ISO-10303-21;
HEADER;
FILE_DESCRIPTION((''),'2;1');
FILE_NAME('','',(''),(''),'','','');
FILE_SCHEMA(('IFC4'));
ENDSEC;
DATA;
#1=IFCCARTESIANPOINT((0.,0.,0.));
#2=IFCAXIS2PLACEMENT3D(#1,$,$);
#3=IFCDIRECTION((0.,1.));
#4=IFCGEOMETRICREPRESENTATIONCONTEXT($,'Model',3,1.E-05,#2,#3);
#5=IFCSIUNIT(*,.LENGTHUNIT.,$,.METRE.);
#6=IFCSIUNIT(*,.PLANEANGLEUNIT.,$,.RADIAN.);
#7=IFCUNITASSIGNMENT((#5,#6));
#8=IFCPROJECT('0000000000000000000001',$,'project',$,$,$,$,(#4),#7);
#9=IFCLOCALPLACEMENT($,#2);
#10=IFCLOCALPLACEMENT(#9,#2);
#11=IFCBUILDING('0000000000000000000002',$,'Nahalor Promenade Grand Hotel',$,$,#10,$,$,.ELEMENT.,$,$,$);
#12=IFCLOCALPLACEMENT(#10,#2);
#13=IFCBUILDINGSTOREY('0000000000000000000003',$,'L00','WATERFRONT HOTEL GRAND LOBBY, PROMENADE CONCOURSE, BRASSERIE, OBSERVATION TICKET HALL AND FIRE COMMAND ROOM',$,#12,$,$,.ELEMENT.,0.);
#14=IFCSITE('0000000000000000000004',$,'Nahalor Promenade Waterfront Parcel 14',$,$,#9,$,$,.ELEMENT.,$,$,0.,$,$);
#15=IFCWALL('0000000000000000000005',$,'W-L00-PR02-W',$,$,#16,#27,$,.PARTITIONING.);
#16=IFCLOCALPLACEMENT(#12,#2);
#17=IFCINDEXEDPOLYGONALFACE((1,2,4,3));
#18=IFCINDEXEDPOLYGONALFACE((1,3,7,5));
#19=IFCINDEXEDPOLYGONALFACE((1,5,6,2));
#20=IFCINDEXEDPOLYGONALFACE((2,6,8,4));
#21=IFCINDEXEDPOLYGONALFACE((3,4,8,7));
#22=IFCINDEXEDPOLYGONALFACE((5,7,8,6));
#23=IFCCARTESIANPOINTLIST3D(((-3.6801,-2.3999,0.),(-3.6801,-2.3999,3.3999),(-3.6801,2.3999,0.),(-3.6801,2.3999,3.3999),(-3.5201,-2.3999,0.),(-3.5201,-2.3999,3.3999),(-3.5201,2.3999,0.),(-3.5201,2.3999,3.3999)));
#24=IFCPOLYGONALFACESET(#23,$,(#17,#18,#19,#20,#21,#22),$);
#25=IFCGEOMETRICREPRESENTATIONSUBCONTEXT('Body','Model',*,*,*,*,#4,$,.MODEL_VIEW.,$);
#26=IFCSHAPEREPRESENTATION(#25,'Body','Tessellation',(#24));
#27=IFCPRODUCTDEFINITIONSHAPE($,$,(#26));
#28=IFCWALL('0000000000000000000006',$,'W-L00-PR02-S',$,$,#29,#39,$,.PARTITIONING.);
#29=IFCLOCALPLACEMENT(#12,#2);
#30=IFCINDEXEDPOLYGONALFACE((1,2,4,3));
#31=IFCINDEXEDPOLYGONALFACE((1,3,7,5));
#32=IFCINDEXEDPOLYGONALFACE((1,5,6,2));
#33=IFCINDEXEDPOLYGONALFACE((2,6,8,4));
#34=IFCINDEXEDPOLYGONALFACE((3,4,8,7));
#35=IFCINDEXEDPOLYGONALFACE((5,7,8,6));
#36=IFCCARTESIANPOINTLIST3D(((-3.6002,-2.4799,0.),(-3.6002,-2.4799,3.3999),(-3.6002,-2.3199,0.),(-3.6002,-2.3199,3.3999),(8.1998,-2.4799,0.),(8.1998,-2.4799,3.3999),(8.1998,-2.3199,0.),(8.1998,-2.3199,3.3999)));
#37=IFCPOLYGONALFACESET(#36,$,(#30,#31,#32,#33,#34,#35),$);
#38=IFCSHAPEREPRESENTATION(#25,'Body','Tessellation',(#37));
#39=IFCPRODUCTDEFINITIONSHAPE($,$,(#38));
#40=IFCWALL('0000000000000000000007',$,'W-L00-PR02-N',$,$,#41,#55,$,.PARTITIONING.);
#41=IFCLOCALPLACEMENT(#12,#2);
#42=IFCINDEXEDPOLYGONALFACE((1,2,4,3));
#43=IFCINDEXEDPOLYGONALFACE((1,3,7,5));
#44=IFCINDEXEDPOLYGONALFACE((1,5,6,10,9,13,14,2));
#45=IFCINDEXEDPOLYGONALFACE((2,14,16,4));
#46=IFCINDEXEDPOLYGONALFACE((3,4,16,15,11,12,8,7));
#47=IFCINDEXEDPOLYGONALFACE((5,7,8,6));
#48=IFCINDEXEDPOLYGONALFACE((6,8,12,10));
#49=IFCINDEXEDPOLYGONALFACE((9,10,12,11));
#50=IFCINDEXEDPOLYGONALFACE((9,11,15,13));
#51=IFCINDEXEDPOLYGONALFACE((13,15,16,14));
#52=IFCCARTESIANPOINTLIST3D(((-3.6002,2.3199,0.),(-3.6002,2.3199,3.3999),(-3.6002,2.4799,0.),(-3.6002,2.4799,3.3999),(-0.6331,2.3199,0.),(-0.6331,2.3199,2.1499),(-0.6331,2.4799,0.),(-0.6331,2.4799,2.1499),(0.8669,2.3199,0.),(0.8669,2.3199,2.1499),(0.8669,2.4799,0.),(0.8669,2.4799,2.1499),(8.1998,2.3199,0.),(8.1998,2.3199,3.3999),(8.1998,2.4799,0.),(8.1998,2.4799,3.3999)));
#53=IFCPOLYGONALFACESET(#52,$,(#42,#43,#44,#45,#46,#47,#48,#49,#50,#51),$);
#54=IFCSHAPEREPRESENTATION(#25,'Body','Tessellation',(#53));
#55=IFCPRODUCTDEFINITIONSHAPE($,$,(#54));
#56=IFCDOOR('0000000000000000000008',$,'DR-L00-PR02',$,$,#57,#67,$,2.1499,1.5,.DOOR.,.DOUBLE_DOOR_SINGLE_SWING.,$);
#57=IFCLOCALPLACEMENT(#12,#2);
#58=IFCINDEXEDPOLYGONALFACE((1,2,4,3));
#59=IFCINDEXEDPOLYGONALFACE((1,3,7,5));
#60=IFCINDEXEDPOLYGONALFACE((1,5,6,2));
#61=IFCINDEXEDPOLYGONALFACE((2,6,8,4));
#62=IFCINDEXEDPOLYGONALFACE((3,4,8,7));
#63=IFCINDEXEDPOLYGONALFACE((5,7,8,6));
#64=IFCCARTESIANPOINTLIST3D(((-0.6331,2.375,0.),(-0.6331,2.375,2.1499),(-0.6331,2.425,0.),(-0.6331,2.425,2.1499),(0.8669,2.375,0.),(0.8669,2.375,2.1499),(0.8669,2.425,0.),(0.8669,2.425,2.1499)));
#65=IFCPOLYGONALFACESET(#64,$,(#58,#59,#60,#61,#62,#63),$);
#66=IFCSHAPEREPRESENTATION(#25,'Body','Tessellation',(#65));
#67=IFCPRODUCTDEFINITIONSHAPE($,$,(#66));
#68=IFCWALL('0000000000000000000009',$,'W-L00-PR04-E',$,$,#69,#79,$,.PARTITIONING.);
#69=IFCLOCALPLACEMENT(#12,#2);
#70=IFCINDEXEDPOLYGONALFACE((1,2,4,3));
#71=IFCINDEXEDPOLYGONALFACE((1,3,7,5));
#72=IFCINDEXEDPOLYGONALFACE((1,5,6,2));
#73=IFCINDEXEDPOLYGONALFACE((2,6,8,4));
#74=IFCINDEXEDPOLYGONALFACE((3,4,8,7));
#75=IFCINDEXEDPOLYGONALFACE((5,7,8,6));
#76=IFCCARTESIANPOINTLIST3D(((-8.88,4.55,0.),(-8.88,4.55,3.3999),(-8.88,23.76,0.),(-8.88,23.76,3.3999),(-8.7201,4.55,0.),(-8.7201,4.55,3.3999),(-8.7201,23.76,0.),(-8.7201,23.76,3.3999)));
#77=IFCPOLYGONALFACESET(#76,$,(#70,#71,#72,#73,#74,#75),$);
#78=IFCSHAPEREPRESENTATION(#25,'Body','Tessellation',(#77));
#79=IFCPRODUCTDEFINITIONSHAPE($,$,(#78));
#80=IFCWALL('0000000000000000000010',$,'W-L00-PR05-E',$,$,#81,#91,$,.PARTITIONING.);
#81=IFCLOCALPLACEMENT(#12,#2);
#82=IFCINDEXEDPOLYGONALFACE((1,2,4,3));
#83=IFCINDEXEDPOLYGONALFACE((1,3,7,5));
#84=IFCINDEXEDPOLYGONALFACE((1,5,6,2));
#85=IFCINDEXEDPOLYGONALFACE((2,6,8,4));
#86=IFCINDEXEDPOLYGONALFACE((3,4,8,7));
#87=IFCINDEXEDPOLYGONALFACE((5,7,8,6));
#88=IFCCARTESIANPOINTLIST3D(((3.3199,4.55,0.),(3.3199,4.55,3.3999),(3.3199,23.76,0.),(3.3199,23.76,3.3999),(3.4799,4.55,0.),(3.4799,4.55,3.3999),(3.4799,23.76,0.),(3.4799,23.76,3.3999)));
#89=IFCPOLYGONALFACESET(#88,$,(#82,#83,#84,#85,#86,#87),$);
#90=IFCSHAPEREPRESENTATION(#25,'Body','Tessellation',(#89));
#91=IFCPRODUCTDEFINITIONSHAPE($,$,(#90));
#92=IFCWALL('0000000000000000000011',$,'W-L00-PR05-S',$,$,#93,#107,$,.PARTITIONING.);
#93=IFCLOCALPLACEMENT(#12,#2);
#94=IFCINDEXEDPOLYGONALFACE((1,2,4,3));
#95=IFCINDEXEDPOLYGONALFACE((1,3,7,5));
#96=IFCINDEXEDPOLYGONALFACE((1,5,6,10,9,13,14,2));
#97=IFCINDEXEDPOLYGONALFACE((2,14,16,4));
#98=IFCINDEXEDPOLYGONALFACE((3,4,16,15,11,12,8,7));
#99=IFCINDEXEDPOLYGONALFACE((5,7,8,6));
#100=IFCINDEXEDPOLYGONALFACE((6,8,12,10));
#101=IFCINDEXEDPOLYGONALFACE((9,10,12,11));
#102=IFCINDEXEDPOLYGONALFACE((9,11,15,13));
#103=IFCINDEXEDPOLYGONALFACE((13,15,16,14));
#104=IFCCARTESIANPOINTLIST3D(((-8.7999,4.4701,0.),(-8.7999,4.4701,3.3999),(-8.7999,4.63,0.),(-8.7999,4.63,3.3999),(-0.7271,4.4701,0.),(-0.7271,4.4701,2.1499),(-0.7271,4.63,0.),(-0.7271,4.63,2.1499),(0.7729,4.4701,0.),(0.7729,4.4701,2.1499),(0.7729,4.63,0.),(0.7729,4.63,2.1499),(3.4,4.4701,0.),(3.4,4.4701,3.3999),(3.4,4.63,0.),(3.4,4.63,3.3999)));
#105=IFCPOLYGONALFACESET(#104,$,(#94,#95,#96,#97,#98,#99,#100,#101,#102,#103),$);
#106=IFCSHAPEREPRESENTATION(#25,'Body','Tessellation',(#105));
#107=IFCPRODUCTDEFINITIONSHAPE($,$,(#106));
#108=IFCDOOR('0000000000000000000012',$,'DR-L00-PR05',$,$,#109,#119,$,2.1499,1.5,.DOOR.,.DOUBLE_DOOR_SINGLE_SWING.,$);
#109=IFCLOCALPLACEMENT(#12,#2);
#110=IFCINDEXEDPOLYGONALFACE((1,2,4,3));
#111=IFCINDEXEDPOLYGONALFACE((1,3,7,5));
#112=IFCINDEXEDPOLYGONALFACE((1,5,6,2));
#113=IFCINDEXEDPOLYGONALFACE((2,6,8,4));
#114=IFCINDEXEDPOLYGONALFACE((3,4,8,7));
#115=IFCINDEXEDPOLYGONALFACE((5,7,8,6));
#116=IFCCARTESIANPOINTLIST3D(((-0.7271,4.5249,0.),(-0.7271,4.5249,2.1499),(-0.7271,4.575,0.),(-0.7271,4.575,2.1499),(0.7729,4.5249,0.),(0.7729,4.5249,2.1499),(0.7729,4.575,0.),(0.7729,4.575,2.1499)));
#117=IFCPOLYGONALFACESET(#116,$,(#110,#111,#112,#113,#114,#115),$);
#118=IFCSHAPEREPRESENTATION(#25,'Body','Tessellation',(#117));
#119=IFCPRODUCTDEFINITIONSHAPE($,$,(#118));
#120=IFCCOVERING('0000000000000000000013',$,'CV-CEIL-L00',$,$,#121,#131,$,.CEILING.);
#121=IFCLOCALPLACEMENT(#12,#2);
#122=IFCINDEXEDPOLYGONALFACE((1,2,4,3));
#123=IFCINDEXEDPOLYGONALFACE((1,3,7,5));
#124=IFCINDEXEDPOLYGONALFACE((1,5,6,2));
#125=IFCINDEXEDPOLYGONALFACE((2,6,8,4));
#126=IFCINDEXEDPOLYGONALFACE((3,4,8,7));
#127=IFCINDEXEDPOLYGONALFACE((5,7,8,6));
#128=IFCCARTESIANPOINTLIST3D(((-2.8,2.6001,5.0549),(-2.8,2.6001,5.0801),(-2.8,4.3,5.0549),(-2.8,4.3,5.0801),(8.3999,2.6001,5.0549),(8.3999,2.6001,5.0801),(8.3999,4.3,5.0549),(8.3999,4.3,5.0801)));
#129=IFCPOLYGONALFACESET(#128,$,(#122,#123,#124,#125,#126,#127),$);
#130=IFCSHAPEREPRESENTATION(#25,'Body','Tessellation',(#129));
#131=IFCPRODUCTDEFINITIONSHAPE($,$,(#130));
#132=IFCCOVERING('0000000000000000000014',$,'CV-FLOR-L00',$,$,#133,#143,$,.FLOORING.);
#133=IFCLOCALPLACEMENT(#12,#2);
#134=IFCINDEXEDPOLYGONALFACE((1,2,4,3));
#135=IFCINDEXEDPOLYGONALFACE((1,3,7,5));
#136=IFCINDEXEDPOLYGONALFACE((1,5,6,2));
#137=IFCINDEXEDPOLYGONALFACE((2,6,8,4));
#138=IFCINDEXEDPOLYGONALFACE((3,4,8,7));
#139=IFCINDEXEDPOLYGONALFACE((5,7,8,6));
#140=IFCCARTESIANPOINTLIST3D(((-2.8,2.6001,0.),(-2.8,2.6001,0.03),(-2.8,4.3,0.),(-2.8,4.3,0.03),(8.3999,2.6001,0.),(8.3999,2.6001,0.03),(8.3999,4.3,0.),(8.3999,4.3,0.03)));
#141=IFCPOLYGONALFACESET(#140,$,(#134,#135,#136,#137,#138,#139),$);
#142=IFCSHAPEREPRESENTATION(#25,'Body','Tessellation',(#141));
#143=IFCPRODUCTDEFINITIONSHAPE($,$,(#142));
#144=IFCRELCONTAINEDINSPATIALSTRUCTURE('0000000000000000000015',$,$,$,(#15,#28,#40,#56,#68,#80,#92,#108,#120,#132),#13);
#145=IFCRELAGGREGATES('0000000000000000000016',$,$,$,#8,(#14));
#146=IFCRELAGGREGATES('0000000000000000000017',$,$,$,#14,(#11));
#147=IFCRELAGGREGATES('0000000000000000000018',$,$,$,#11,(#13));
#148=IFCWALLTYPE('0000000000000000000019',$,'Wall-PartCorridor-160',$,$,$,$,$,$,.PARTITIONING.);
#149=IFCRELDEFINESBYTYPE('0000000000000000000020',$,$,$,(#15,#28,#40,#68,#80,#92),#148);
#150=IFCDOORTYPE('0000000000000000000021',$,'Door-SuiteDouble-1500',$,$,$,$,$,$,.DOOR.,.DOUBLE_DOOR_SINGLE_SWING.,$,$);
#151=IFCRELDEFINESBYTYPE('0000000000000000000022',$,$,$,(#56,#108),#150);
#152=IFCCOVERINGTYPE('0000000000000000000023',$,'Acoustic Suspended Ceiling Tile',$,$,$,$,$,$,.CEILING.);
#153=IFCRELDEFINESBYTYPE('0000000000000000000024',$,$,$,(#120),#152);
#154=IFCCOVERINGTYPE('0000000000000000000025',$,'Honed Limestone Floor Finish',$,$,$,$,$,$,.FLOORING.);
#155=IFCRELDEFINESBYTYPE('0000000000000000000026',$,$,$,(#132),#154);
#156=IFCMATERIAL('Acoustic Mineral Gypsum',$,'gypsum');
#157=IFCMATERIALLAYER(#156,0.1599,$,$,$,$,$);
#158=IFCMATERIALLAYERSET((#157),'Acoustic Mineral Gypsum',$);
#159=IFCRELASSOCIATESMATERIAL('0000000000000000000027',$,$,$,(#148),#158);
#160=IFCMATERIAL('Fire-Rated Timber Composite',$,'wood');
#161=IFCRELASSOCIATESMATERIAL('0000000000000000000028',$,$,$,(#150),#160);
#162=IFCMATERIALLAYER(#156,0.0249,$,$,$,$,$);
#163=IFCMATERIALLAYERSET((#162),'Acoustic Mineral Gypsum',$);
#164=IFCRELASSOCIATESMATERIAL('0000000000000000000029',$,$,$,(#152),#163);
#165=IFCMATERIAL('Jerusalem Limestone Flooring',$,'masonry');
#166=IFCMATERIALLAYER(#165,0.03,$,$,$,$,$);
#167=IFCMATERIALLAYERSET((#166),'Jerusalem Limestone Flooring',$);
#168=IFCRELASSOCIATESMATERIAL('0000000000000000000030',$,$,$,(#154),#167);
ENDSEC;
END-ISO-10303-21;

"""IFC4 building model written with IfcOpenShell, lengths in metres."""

from ifc_helpers import new_model, si_unit, direction, frame, frame_2d, origin, place, context, subcontext, project, spatial, polyline, rectangle, outline, extrude, source, transform, mapped, material, layer, layer_set, type_object, element, fill, save


model = new_model("IFC4")

# Units and contexts
model_context = context("Model", 3, precision=1e-05, world=origin(), true_north=direction((0.0, 1.0)))
body_context = subcontext(model_context, "Body", "Model", "MODEL_VIEW")
ifc_project = project(units=[si_unit("LENGTHUNIT", "METRE"), si_unit("PLANEANGLEUNIT", "RADIAN")], contexts=[model_context])

# Site, building, storey
site_placement = place(None, origin())
site = spatial("IfcSite", under=ifc_project, at=site_placement, Name="Nahalor Promenade Waterfront Parcel 14", CompositionType="ELEMENT", RefElevation=0.0)
building_placement = place(site_placement, origin())
building = spatial("IfcBuilding", under=site, at=building_placement, Name="Nahalor Promenade Grand Hotel", CompositionType="ELEMENT")
storey_placement = place(building_placement, origin())
storey = spatial("IfcBuildingStorey", under=building, at=storey_placement, Name="L00", Description="WATERFRONT HOTEL GRAND LOBBY, PROMENADE CONCOURSE, BRASSERIE, OBSERVATION TICKET HALL AND FIRE COMMAND ROOM", CompositionType="ELEMENT", Elevation=0.0)

# Walls
ifc_material_1 = material(Name="Acoustic Mineral Gypsum", Category="gypsum")
ifc_layer_1 = layer(ifc_material_1, 0.1599)
ifc_layer_set_1 = layer_set([ifc_layer_1], Name="Acoustic Mineral Gypsum")
wall_type_1 = type_object("IfcWallType", Name="Wall-PartCorridor-160", PredefinedType="PARTITIONING", material=ifc_layer_set_1)
shared_shape_1 = source(origin(), body_context, "Body", "SweptSolid", [
    extrude(rectangle(XDim=4.7998, YDim=0.1599, at=frame_2d((2.3999, 0.0))), origin(), (0.0, 0.0, 1.0), 3.3999),
])
wall_1_placement = place(storey_placement, frame((-3.6001, -2.3999, 0.0), z_axis=(0.0, 0.0, 1.0), x_axis=(0.0, 1.0, 0.0)))
element("IfcWall", 1, at=wall_1_placement, inside=storey, type_object=wall_type_1, Name="W-L00-PR02-W", PredefinedType="PARTITIONING", context=body_context, shape_type="MappedRepresentation", body=[
    mapped(shared_shape_1, transform((0.0, 0.0, 0.0), scale=1.0)),
])
shared_shape_2 = source(origin(), body_context, "Body", "SweptSolid", [
    extrude(rectangle(XDim=11.8, YDim=0.1599, at=frame_2d((5.8999, 0.0))), origin(), (0.0, 0.0, 1.0), 3.3999),
])
wall_2_placement = place(storey_placement, frame((-3.6001, -2.3999, 0.0), z_axis=(0.0, 0.0, 1.0), x_axis=(1.0, 0.0, 0.0)))
element("IfcWall", 2, at=wall_2_placement, inside=storey, type_object=wall_type_1, Name="W-L00-PR02-S", PredefinedType="PARTITIONING", context=body_context, shape_type="MappedRepresentation", body=[
    mapped(shared_shape_2, transform((0.0, 0.0, 0.0), scale=1.0)),
])

# Wall, opening, door
wall_3_placement = place(storey_placement, frame((-3.6001, 2.3999, 0.0), z_axis=(0.0, 0.0, 1.0), x_axis=(1.0, 0.0, 0.0)))
wall_3 = element("IfcWall", 3, at=wall_3_placement, inside=storey, type_object=wall_type_1, Name="W-L00-PR02-N", PredefinedType="PARTITIONING", context=body_context, shape_type="MappedRepresentation", body=[
    mapped(shared_shape_2, transform((0.0, 0.0, 0.0), scale=1.0)),
])
opening_1_placement = place(wall_3_placement, frame((2.967, 0.0, 0.0)))
opening_1 = element("IfcOpeningElement", 4, at=opening_1_placement, cuts=wall_3, PredefinedType="OPENING", context=body_context, shape_type="SweptSolid", body=[
    extrude(rectangle(XDim=1.5, YDim=2.1499, at=frame_2d((0.75, 1.075))), frame((0.0, 0.0898, 0.0), z_axis=(0.0, -1.0, 0.0), x_axis=(1.0, 0.0, 0.0)), (0.0, 0.0, 1.0), 0.1799),
])
ifc_material_2 = material(Name="Fire-Rated Timber Composite", Category="wood")
door_type = type_object("IfcDoorType", Name="Door-SuiteDouble-1500", OperationType="DOUBLE_DOOR_SINGLE_SWING", PredefinedType="DOOR", material=ifc_material_2)
shared_shape_3 = source(origin(), body_context, "Body", "SweptSolid", [
    extrude(rectangle(XDim=1.5, YDim=2.1499, at=frame_2d((0.75, 1.075))), frame((0.0, 0.0249, 0.0), z_axis=(0.0, -1.0, 0.0), x_axis=(1.0, 0.0, 0.0)), (0.0, 0.0, 1.0), 0.05),
])
door_1_placement = place(opening_1_placement, frame((1.5, 0.0, 0.0), z_axis=(0.0, 0.0, 1.0), x_axis=(-1.0, 0.0, 0.0)))
door_1 = element("IfcDoor", 5, at=door_1_placement, inside=storey, type_object=door_type, Name="DR-L00-PR02", OperationType="DOUBLE_DOOR_SINGLE_SWING", OverallHeight=2.1499, OverallWidth=1.5, PredefinedType="DOOR", context=body_context, shape_type="MappedRepresentation", body=[
    mapped(shared_shape_3, transform((0.0, 0.0, 0.0), scale=1.0)),
])
fill(opening_1, door_1)

# Walls
shared_shape_4 = source(origin(), body_context, "Body", "SweptSolid", [
    extrude(rectangle(XDim=19.21, YDim=0.1599, at=frame_2d((9.605, 0.0))), origin(), (0.0, 0.0, 1.0), 3.3999),
])
for number, where, z_axis, x_axis, name in (
    (6, (-8.8, 4.55, 0.0), (0.0, 0.0, 1.0), (0.0, 1.0, 0.0), "W-L00-PR04-E"),
    (7, (3.3999, 4.55, 0.0), (0.0, 0.0, 1.0), (0.0, 1.0, 0.0), "W-L00-PR05-E"),
):
    element("IfcWall", number, at=place(storey_placement, frame(where, z_axis=z_axis, x_axis=x_axis)), inside=storey, type_object=wall_type_1, Name=name, PredefinedType="PARTITIONING", context=body_context, shape_type="MappedRepresentation", body=[
        mapped(shared_shape_4, transform((0.0, 0.0, 0.0), scale=1.0)),
    ])

# Wall, opening, door
shared_shape_5 = source(origin(), body_context, "Body", "SweptSolid", [
    extrude(rectangle(XDim=12.2, YDim=0.1599, at=frame_2d((6.1001, 0.0))), origin(), (0.0, 0.0, 1.0), 3.3999),
])
wall_4_placement = place(storey_placement, frame((-8.8, 4.55, 0.0), z_axis=(0.0, 0.0, 1.0), x_axis=(1.0, 0.0, 0.0)))
wall_4 = element("IfcWall", 8, at=wall_4_placement, inside=storey, type_object=wall_type_1, Name="W-L00-PR05-S", PredefinedType="PARTITIONING", context=body_context, shape_type="MappedRepresentation", body=[
    mapped(shared_shape_5, transform((0.0, 0.0, 0.0), scale=1.0)),
])
opening_2_placement = place(wall_4_placement, frame((8.073, 0.0, 0.0)))
opening_2 = element("IfcOpeningElement", 9, at=opening_2_placement, cuts=wall_4, PredefinedType="OPENING", context=body_context, shape_type="SweptSolid", body=[
    extrude(rectangle(XDim=1.5, YDim=2.1499, at=frame_2d((0.75, 1.075))), frame((0.0, 0.0898, 0.0), z_axis=(0.0, -1.0, 0.0), x_axis=(1.0, 0.0, 0.0)), (0.0, 0.0, 1.0), 0.1799),
])
door_2_placement = place(opening_2_placement, origin())
door_2 = element("IfcDoor", 10, at=door_2_placement, inside=storey, type_object=door_type, Name="DR-L00-PR05", OperationType="DOUBLE_DOOR_SINGLE_SWING", OverallHeight=2.1499, OverallWidth=1.5, PredefinedType="DOOR", context=body_context, shape_type="MappedRepresentation", body=[
    mapped(shared_shape_3, transform((0.0, 0.0, 0.0), scale=1.0)),
])
fill(opening_2, door_2)

# Coverings
ifc_layer_2 = layer(ifc_material_1, 0.0249)
ifc_layer_set_2 = layer_set([ifc_layer_2], Name="Acoustic Mineral Gypsum")
covering_type_1 = type_object("IfcCoveringType", Name="Acoustic Suspended Ceiling Tile", PredefinedType="CEILING", material=ifc_layer_set_2)
covering_1_placement = place(storey_placement, frame((0.0, 0.0, 5.0549)))
element("IfcCovering", 11, at=covering_1_placement, inside=storey, type_object=covering_type_1, Name="CV-CEIL-L00", PredefinedType="CEILING", context=body_context, shape_type="SweptSolid", body=[
    extrude(outline(polyline([(-2.8, 2.6001), (8.3999, 2.6001), (8.3999, 4.3), (-2.8, 4.3), (-2.8, 2.6001)])), origin(), (0.0, 0.0, 1.0), 0.0251),
])
ifc_material_3 = material(Name="Jerusalem Limestone Flooring", Category="masonry")
ifc_layer_3 = layer(ifc_material_3, 0.03)
ifc_layer_set_3 = layer_set([ifc_layer_3], Name="Jerusalem Limestone Flooring")
covering_type_2 = type_object("IfcCoveringType", Name="Honed Limestone Floor Finish", PredefinedType="FLOORING", material=ifc_layer_set_3)
covering_2_placement = place(storey_placement, origin())
element("IfcCovering", 12, at=covering_2_placement, inside=storey, type_object=covering_type_2, Name="CV-FLOR-L00", PredefinedType="FLOORING", context=body_context, shape_type="SweptSolid", body=[
    extrude(outline(polyline([(-2.8, 2.6001), (8.3999, 2.6001), (8.3999, 4.3), (-2.8, 4.3), (-2.8, 2.6001)])), origin(), (0.0, 0.0, 1.0), 0.03),
])

save(model, "model.ifc")
